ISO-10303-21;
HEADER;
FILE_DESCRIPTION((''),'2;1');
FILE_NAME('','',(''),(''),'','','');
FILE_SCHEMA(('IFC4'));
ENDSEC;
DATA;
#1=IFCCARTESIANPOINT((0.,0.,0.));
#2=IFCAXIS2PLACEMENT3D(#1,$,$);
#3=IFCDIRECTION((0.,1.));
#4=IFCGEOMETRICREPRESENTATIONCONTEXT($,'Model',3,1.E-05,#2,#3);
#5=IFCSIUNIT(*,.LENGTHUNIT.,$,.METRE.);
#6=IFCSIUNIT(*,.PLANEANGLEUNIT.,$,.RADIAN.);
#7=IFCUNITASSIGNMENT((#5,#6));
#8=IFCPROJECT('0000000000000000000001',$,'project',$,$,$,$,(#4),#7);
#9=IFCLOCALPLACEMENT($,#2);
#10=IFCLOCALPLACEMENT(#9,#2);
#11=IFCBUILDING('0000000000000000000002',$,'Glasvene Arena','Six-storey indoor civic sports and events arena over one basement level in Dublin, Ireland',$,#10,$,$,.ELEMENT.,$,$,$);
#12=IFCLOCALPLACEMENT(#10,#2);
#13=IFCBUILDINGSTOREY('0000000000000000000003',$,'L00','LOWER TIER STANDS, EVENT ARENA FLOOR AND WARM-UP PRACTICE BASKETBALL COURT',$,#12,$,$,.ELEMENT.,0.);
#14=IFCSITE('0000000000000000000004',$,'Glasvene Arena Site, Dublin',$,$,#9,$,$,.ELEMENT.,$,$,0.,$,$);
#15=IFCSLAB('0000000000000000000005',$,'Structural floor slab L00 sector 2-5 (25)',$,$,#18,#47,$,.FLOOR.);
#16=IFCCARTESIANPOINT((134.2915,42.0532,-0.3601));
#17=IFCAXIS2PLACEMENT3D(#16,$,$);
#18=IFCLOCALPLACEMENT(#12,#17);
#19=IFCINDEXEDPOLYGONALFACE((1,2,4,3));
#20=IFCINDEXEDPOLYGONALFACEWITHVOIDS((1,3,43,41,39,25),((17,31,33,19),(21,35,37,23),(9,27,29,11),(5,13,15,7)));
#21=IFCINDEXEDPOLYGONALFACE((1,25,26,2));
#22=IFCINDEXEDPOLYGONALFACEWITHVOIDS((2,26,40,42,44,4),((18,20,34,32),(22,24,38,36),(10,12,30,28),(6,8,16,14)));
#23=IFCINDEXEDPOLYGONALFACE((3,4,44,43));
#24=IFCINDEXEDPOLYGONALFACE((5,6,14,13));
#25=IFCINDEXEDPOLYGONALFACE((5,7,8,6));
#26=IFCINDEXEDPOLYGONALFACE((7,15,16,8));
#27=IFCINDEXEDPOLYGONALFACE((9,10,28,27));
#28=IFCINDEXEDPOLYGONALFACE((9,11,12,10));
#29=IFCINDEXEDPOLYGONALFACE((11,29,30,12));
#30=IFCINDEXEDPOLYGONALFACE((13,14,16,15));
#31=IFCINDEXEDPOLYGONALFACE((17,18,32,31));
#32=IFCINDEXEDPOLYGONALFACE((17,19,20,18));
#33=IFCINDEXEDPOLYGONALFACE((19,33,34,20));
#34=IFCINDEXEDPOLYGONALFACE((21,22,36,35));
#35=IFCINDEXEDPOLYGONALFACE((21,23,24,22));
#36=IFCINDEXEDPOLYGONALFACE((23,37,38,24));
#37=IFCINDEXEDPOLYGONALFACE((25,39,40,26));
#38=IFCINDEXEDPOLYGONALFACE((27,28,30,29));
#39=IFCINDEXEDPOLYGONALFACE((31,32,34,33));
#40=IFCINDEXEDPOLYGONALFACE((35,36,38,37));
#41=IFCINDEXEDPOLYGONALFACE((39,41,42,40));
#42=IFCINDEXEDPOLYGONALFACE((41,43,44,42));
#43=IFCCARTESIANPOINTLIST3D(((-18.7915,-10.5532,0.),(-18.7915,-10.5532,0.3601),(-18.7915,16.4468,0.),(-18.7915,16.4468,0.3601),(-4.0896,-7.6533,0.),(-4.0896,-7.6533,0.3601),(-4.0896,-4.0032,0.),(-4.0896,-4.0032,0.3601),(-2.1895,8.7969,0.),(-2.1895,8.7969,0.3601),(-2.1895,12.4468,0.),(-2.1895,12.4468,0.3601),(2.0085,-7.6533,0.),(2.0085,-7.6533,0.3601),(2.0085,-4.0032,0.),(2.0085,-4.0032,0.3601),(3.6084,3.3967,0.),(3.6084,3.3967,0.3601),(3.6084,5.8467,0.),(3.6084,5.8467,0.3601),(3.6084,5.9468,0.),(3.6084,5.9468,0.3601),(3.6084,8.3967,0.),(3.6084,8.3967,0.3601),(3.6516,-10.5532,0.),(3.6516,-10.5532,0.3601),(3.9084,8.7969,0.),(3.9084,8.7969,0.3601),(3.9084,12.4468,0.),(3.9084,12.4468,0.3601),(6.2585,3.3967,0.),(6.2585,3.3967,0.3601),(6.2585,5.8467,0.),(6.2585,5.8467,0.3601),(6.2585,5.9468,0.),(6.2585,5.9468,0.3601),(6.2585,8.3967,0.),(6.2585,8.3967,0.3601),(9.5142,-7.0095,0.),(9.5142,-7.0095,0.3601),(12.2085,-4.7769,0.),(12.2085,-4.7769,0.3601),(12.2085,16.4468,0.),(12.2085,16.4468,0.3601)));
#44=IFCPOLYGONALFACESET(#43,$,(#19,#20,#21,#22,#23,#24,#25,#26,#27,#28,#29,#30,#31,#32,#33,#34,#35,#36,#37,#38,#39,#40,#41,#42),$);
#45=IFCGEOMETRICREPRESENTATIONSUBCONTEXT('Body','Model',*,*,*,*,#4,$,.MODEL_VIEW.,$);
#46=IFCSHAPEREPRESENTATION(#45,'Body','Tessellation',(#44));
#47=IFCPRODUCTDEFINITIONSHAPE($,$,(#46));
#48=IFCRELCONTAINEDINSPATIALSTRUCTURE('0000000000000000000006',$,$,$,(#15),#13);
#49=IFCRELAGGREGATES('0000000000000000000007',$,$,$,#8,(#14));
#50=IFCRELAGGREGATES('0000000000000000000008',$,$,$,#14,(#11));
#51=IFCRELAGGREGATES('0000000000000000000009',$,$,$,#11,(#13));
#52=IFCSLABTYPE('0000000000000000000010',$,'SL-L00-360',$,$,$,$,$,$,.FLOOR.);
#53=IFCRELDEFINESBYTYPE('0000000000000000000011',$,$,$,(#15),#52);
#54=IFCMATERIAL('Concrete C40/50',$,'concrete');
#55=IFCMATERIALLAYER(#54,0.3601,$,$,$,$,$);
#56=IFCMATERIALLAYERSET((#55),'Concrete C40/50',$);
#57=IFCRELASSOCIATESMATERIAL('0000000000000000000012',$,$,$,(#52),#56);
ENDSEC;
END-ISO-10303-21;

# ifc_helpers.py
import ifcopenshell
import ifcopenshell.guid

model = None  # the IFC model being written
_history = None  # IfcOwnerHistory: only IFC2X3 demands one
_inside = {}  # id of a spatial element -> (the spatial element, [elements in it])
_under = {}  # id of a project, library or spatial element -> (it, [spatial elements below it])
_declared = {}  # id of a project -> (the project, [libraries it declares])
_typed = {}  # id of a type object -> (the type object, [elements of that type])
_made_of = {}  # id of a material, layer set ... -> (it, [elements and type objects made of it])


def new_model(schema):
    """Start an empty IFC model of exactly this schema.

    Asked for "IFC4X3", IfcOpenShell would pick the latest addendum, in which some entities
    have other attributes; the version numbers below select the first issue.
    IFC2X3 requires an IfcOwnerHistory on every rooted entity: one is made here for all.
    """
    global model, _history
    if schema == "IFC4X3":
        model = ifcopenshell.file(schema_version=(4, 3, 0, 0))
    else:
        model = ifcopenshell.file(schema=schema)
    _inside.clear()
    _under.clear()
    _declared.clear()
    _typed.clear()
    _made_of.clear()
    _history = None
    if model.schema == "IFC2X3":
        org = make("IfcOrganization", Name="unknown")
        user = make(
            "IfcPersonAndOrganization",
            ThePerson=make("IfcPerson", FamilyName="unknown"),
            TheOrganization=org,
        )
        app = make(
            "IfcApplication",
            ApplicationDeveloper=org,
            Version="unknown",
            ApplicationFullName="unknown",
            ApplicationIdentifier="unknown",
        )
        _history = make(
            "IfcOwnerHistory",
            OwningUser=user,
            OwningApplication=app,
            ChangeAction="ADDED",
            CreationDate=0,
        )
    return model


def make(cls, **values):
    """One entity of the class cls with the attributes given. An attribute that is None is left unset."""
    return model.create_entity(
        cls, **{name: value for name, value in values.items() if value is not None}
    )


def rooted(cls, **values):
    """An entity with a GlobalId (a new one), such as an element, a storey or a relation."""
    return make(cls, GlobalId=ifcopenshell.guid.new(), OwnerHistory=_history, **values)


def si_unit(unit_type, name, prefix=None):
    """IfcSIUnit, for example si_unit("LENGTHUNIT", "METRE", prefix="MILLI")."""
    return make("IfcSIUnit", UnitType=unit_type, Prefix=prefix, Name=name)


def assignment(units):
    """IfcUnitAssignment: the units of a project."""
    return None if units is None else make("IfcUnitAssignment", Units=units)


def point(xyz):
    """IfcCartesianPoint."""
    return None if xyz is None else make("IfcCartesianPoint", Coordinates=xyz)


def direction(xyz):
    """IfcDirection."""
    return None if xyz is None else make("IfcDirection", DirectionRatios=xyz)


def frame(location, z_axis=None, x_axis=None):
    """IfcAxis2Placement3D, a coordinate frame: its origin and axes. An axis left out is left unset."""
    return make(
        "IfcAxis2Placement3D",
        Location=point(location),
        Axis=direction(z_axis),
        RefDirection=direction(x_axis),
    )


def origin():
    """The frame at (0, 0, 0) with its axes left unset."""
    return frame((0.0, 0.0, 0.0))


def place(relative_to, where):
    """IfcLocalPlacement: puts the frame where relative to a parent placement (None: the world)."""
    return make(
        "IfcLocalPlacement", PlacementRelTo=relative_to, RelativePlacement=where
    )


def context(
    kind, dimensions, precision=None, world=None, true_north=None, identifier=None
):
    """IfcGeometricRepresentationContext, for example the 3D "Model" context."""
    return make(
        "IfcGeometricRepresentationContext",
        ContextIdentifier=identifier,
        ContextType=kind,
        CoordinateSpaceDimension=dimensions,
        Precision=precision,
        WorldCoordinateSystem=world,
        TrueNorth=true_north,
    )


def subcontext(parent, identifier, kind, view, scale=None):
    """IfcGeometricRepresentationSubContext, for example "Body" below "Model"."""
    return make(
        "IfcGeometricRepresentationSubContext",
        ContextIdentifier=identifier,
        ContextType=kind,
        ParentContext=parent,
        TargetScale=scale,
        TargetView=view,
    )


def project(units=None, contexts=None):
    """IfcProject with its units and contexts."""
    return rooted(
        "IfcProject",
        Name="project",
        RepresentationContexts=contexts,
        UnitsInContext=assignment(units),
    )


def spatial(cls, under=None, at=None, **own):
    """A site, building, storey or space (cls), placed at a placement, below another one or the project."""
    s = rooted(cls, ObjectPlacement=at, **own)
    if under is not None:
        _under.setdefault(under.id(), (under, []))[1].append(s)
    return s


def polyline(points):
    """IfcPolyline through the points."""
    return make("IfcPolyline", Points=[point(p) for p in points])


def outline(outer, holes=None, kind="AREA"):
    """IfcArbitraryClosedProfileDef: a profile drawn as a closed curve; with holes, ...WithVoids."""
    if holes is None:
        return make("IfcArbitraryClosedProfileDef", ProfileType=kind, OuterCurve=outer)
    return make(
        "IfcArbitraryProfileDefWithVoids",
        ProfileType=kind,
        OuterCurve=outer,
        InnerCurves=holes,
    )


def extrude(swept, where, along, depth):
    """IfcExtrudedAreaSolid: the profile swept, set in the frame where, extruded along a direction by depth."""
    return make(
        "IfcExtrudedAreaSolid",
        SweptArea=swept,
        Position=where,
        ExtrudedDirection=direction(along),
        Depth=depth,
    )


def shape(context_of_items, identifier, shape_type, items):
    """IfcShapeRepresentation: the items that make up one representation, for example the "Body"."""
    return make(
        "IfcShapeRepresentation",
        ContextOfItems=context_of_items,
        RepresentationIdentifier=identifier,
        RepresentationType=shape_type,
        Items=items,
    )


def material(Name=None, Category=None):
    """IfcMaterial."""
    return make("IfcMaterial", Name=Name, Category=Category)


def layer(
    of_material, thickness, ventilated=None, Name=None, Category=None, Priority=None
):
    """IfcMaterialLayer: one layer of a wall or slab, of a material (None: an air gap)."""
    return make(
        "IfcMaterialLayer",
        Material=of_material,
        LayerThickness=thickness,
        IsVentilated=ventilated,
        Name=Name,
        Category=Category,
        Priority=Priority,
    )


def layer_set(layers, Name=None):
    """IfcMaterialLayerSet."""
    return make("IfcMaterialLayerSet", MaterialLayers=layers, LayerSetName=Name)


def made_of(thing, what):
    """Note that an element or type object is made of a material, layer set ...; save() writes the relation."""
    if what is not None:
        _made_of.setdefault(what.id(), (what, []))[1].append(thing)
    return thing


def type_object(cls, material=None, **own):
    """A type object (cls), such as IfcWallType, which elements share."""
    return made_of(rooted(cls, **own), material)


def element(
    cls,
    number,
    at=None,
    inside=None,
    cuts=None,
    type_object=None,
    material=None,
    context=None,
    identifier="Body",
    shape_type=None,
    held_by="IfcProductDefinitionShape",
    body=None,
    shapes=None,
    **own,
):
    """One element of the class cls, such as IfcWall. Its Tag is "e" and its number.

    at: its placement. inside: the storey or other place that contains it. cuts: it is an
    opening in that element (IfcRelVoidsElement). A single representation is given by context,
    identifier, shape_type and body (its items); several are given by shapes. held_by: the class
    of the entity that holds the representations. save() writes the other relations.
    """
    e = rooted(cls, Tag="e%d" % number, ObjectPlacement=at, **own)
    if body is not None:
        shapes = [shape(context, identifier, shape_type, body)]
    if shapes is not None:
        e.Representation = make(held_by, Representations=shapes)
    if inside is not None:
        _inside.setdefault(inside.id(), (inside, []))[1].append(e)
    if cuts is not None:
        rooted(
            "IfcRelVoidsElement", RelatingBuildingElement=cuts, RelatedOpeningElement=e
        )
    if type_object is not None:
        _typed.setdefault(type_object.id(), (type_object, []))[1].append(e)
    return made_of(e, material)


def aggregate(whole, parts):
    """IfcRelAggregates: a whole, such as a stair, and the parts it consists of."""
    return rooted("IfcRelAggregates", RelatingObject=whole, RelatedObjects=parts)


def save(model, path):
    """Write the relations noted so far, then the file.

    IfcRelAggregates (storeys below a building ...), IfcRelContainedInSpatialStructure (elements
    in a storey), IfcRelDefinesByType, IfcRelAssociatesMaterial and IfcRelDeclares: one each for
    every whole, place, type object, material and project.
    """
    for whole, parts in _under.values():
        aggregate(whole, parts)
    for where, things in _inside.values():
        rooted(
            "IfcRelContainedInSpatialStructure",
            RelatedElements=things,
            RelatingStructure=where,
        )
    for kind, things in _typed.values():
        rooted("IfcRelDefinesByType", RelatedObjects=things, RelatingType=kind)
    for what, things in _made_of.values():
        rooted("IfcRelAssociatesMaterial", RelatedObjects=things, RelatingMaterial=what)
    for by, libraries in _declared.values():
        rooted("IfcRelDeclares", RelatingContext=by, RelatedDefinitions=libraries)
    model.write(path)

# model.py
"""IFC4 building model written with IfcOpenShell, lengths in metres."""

from ifc_helpers import new_model, si_unit, direction, frame, origin, place, context, subcontext, project, spatial, polyline, outline, extrude, material, layer, layer_set, type_object, element, save


model = new_model("IFC4")

# Units and contexts
model_context = context("Model", 3, precision=1e-05, world=origin(), true_north=direction((0.0, 1.0)))
body_context = subcontext(model_context, "Body", "Model", "MODEL_VIEW")
ifc_project = project(units=[si_unit("LENGTHUNIT", "METRE"), si_unit("PLANEANGLEUNIT", "RADIAN")], contexts=[model_context])

# Site, building, storey
site_placement = place(None, origin())
site = spatial("IfcSite", under=ifc_project, at=site_placement, Name="Glasvene Arena Site, Dublin", CompositionType="ELEMENT", RefElevation=0.0)
building_placement = place(site_placement, origin())
building = spatial("IfcBuilding", under=site, at=building_placement, Name="Glasvene Arena", Description="Six-storey indoor civic sports and events arena over one basement level in Dublin, Ireland", CompositionType="ELEMENT")
storey_placement = place(building_placement, origin())
storey = spatial("IfcBuildingStorey", under=building, at=storey_placement, Name="L00", Description="LOWER TIER STANDS, EVENT ARENA FLOOR AND WARM-UP PRACTICE BASKETBALL COURT", CompositionType="ELEMENT", Elevation=0.0)

# Shared definitions
ifc_material_1 = material(Name="Concrete C40/50", Category="concrete")

# Slab
ifc_layer_1 = layer(ifc_material_1, 0.3601)
ifc_layer_set_1 = layer_set([ifc_layer_1], Name="Concrete C40/50")
slab_type_1 = type_object("IfcSlabType", Name="SL-L00-360", PredefinedType="FLOOR", material=ifc_layer_set_1)
slab_1_placement = place(storey_placement, frame((134.2915, 42.0532, -0.3601)))
element("IfcSlab", 1, at=slab_1_placement, inside=storey, type_object=slab_type_1, Name="Structural floor slab L00 sector 2-5 (25)", PredefinedType="FLOOR", context=body_context, shape_type="SweptSolid", body=[
    extrude(outline(polyline([(3.6516, -10.5532), (-18.7915, -10.5532), (-18.7915, 16.4468), (12.2085, 16.4468), (12.2085, -4.7769), (9.5142, -7.0095), (3.6516, -10.5532)]), holes=[polyline([(2.0085, -7.6533), (2.0085, -4.0032), (-4.0896, -4.0032), (-4.0896, -7.6533), (2.0085, -7.6533)]), polyline([(6.2585, 3.3967), (6.2585, 5.8467), (3.6084, 5.8467), (3.6084, 3.3967), (6.2585, 3.3967)]), polyline([(3.6084, 5.9468), (6.2585, 5.9468), (6.2585, 8.3967), (3.6084, 8.3967), (3.6084, 5.9468)]), polyline([(-2.1895, 8.7969), (3.9084, 8.7969), (3.9084, 12.4468), (-2.1895, 12.4468), (-2.1895, 8.7969)])]), origin(), (0.0, 0.0, 1.0), 0.3601),
])

save(model, "model.ifc")
